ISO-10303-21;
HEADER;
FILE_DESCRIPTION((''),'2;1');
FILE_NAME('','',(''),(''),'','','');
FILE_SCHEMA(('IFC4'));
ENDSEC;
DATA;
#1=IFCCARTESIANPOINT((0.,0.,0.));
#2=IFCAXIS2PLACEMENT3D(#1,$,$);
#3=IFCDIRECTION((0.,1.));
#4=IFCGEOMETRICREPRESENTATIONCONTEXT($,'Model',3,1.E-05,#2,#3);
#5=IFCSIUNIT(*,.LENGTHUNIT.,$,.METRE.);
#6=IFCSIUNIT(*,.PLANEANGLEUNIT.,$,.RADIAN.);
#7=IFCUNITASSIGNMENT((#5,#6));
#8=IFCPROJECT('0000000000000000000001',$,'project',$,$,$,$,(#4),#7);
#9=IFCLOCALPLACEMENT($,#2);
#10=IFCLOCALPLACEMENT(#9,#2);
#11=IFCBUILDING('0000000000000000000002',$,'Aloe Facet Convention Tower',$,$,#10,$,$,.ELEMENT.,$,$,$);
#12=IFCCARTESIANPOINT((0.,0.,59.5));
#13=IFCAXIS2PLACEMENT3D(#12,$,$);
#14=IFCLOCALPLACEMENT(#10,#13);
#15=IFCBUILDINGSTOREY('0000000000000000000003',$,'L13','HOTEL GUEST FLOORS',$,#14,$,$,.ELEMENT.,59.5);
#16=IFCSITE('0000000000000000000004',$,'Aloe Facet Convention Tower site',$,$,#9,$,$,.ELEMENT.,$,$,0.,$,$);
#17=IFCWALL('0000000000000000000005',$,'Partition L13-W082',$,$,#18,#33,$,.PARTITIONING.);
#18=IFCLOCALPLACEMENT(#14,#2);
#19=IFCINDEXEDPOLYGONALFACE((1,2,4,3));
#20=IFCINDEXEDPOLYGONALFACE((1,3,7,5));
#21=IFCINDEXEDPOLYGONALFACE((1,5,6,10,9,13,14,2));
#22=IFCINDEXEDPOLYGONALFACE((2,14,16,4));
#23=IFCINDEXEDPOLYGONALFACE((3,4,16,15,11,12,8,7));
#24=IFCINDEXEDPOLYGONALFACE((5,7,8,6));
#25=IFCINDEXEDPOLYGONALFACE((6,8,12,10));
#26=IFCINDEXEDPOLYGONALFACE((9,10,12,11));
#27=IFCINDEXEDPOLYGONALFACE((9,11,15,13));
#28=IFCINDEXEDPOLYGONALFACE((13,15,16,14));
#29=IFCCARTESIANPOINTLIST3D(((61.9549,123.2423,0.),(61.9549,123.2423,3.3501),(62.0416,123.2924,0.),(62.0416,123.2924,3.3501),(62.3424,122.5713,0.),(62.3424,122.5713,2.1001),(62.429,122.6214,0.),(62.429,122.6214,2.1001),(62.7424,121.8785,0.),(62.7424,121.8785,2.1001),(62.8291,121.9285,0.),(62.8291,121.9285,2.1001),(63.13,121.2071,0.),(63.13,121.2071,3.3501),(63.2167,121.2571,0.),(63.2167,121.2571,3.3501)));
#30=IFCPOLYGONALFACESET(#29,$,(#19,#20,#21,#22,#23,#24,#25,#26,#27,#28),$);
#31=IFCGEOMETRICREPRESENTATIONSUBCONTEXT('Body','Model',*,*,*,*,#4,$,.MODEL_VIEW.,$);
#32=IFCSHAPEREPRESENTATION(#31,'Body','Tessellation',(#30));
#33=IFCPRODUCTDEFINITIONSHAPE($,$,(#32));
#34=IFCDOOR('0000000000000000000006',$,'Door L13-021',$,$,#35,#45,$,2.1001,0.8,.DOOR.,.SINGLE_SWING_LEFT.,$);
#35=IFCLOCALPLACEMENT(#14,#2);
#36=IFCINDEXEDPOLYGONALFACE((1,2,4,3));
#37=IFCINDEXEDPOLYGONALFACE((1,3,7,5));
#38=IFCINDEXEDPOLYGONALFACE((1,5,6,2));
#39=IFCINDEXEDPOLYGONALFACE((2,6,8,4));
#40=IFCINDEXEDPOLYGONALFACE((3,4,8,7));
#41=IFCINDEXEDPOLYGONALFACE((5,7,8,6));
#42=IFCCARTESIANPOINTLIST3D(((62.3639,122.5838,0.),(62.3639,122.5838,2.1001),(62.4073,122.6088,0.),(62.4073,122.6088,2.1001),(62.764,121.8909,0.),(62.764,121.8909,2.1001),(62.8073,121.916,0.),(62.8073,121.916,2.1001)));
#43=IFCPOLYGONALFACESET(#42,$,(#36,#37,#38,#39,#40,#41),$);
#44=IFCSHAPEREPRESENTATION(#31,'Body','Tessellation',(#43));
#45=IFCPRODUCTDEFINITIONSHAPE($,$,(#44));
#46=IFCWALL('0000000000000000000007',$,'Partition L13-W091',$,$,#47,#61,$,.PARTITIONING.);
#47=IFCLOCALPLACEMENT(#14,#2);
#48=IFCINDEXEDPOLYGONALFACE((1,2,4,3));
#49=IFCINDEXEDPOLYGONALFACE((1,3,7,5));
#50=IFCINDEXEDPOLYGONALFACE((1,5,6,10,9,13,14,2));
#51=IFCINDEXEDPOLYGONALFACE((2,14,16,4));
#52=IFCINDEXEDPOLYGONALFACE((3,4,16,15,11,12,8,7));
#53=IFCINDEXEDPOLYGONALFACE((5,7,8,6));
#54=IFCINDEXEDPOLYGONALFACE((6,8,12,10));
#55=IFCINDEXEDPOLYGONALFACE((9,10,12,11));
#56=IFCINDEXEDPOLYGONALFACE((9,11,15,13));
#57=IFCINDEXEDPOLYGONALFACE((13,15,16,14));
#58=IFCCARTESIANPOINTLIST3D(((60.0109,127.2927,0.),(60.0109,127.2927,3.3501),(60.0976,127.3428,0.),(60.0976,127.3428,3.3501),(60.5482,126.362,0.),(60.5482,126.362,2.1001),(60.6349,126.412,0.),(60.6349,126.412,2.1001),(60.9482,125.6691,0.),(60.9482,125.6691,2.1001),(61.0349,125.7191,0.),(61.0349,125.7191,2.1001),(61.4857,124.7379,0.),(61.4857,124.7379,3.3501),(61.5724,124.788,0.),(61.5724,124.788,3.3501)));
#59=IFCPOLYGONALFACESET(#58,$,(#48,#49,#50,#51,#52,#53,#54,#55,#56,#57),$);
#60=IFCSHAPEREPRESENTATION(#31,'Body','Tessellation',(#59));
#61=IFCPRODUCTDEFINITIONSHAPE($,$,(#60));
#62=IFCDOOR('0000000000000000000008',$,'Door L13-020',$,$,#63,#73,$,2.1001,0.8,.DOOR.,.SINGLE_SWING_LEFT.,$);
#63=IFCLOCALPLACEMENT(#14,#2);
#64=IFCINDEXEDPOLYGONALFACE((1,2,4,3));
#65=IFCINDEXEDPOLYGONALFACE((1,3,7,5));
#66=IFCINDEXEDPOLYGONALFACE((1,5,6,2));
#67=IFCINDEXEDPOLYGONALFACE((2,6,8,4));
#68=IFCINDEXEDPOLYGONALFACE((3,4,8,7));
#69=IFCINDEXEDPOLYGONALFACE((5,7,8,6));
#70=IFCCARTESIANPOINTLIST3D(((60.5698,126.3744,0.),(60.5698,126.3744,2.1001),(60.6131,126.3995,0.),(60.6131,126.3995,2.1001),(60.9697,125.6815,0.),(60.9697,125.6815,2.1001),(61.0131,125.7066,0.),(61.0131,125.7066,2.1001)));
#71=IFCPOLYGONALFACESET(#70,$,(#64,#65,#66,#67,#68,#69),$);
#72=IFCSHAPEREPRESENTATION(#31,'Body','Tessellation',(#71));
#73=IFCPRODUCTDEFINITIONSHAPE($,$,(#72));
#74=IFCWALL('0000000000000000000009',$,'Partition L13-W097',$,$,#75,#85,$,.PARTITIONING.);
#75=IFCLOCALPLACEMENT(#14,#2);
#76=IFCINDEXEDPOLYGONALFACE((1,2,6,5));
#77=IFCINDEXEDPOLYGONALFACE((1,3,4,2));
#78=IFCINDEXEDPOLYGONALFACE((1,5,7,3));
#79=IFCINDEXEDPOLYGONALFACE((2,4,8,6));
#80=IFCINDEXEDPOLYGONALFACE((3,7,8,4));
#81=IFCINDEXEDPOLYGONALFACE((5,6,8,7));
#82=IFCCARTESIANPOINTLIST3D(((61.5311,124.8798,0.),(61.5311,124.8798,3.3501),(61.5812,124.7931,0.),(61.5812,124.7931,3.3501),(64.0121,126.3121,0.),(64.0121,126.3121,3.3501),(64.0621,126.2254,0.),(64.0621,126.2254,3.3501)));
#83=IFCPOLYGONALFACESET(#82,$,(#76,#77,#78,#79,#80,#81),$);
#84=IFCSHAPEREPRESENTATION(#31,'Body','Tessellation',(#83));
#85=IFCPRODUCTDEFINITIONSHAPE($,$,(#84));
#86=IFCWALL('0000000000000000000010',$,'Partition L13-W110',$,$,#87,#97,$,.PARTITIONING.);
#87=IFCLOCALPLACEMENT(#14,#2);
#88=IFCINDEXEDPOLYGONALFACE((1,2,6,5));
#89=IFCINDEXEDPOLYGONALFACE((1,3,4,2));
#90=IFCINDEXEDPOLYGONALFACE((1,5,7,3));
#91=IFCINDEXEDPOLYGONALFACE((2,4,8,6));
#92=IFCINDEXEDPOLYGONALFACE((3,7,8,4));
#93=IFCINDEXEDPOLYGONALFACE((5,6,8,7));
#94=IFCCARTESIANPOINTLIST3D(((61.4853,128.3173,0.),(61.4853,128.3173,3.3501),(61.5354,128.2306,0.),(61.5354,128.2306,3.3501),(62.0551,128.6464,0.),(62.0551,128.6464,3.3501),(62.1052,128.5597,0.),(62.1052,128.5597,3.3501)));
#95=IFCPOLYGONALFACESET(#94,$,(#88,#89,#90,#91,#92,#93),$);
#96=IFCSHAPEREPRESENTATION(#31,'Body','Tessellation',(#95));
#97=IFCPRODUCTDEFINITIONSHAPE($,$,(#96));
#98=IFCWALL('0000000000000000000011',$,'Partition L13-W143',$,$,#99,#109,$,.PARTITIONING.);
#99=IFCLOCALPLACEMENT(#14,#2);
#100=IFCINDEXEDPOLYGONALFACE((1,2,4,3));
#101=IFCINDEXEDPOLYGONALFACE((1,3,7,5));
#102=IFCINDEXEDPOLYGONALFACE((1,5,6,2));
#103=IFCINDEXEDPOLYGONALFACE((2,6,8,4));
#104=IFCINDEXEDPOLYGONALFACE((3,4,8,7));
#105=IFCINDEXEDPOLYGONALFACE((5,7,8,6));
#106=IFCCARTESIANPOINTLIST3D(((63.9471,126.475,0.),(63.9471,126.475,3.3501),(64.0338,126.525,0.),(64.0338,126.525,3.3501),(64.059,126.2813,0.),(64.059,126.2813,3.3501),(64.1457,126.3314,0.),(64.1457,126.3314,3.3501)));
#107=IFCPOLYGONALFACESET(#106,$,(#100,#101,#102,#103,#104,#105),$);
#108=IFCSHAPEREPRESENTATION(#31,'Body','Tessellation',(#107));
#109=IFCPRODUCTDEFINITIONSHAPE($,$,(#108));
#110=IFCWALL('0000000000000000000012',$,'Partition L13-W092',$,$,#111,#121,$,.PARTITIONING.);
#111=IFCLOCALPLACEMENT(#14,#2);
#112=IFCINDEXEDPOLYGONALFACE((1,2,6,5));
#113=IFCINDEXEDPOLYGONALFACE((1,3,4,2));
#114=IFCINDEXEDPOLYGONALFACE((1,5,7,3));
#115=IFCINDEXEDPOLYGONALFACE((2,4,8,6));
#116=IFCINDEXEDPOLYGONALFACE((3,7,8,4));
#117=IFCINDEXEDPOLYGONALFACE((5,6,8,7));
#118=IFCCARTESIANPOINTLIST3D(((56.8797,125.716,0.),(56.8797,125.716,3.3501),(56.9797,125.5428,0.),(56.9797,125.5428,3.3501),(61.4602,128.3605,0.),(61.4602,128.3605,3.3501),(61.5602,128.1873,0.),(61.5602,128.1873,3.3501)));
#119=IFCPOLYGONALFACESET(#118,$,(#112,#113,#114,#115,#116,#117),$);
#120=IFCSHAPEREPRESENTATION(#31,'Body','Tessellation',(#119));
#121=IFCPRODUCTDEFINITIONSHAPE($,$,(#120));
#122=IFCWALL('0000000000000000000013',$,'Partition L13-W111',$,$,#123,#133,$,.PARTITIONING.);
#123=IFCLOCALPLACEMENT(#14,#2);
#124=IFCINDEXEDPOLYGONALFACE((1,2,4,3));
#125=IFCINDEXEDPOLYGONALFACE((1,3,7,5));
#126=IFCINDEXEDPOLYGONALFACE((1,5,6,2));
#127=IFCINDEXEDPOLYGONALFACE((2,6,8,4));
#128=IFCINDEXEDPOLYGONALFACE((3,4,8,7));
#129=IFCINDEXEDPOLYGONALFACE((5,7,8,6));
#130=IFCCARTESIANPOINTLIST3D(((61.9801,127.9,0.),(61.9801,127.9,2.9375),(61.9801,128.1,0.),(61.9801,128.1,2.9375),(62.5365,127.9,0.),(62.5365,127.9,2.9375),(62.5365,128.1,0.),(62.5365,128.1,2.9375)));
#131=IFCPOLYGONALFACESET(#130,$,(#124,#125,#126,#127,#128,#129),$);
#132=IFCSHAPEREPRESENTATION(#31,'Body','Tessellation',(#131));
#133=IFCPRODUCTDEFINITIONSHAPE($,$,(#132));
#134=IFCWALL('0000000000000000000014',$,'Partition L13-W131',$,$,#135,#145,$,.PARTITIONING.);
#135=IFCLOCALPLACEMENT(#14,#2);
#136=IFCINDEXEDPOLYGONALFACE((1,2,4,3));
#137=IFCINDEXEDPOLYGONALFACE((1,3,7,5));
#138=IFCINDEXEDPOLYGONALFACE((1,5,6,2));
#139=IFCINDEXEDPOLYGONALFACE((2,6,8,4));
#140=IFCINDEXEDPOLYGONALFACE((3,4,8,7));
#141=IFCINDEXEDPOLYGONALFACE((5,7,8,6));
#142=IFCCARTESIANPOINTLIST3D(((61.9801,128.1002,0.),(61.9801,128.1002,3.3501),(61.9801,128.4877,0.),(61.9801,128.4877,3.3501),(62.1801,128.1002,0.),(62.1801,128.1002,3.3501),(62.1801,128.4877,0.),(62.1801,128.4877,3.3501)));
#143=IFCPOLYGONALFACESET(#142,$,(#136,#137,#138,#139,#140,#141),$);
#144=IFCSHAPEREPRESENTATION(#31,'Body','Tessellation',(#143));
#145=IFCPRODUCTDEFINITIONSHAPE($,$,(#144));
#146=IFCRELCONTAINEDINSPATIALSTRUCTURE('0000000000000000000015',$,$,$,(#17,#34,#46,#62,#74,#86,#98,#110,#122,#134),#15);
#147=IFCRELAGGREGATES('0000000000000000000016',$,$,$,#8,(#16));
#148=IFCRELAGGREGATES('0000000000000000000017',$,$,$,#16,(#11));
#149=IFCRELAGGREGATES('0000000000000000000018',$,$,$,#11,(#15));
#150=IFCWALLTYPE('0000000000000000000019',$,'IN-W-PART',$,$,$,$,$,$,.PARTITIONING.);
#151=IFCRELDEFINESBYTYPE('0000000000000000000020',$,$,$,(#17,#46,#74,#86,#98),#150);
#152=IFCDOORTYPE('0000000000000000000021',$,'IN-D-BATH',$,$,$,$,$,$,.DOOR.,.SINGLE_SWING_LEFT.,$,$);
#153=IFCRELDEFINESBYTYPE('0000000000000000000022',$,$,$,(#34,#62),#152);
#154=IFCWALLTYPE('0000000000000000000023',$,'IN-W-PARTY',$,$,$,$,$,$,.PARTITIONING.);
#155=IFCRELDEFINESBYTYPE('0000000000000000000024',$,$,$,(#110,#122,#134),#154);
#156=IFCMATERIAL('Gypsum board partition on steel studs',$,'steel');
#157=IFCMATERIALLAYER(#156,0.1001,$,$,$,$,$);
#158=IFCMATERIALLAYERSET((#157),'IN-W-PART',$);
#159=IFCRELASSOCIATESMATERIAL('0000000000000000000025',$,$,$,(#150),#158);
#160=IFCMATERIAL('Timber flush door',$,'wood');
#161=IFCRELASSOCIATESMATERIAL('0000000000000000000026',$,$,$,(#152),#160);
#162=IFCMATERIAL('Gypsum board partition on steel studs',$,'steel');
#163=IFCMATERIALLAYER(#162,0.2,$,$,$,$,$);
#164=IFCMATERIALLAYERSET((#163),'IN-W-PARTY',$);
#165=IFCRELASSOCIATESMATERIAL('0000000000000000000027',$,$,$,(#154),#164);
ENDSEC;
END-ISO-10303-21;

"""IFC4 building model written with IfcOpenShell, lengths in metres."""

from ifc_helpers import new_model, si_unit, direction, frame, frame_2d, origin, place, context, subcontext, project, spatial, rectangle, extrude, material, layer, layer_set, type_object, element, fill, save


model = new_model("IFC4")

# Units and contexts
model_context = context("Model", 3, precision=1e-05, world=origin(), true_north=direction((0.0, 1.0)))
body_context = subcontext(model_context, "Body", "Model", "MODEL_VIEW")
ifc_project = project(units=[si_unit("LENGTHUNIT", "METRE"), si_unit("PLANEANGLEUNIT", "RADIAN")], contexts=[model_context])

# Site, building, storey
site_placement = place(None, origin())
site = spatial("IfcSite", under=ifc_project, at=site_placement, Name="Aloe Facet Convention Tower site", CompositionType="ELEMENT", RefElevation=0.0)
building_placement = place(site_placement, origin())
building = spatial("IfcBuilding", under=site, at=building_placement, Name="Aloe Facet Convention Tower", CompositionType="ELEMENT")
storey_placement = place(building_placement, frame((0.0, 0.0, 59.5)))
storey = spatial("IfcBuildingStorey", under=building, at=storey_placement, Name="L13", Description="HOTEL GUEST FLOORS", CompositionType="ELEMENT", Elevation=59.5)

# Walls, openings, doors
ifc_material_1 = material(Name="Gypsum board partition on steel studs", Category="steel")
ifc_layer_1 = layer(ifc_material_1, 0.1001)
ifc_layer_set_1 = layer_set([ifc_layer_1], Name="IN-W-PART")
wall_type_1 = type_object("IfcWallType", Name="IN-W-PART", PredefinedType="PARTITIONING", material=ifc_layer_set_1)
wall_1_placement = place(storey_placement, frame((61.9983, 123.2673, 0.0), z_axis=(0.0, 0.0, 1.0), x_axis=(0.500016, -0.866016, 0.0)))
wall_1 = element("IfcWall", 1, at=wall_1_placement, inside=storey, type_object=wall_type_1, Name="Partition L13-W082", PredefinedType="PARTITIONING", context=body_context, shape_type="SweptSolid", body=[
    extrude(rectangle(XDim=2.3501, YDim=0.1001, at=frame_2d((1.175, 0.0))), origin(), (0.0, 0.0, 1.0), 3.3501),
])
opening_1_placement = place(wall_1_placement, frame((0.7749, 0.0, 0.0)))
opening_1 = element("IfcOpeningElement", 2, at=opening_1_placement, cuts=wall_1, PredefinedType="OPENING", context=body_context, shape_type="SweptSolid", body=[
    extrude(rectangle(XDim=0.8, YDim=2.1001, at=frame_2d((0.3999, 1.05))), frame((0.0, 0.0601, 0.0), z_axis=(0.0, -1.0, 0.0), x_axis=(1.0, 0.0, 0.0)), (0.0, 0.0, 1.0), 0.1201),
])
ifc_material_2 = material(Name="Timber flush door", Category="wood")
door_type_1 = type_object("IfcDoorType", Name="IN-D-BATH", OperationType="SINGLE_SWING_LEFT", PredefinedType="DOOR", material=ifc_material_2)
door_1_placement = place(opening_1_placement, origin())
door_1 = element("IfcDoor", 3, at=door_1_placement, inside=storey, type_object=door_type_1, Name="Door L13-021", OperationType="SINGLE_SWING_LEFT", OverallHeight=2.1001, OverallWidth=0.8, PredefinedType="DOOR", context=body_context, shape_type="SweptSolid", body=[
    extrude(rectangle(XDim=0.8, YDim=2.1001, at=frame_2d((0.3999, 1.05))), frame((0.0, 0.0249, 0.0), z_axis=(0.0, -1.0, 0.0), x_axis=(1.0, 0.0, 0.0)), (0.0, 0.0, 1.0), 0.05),
])
fill(opening_1, door_1)
wall_2_placement = place(storey_placement, frame((60.0542, 127.3179, 0.0), z_axis=(0.0, 0.0, 1.0), x_axis=(0.49994, -0.86606, 0.0)))
wall_2 = element("IfcWall", 4, at=wall_2_placement, inside=storey, type_object=wall_type_1, Name="Partition L13-W091", PredefinedType="PARTITIONING", context=body_context, shape_type="SweptSolid", body=[
    extrude(rectangle(XDim=2.95, YDim=0.1001, at=frame_2d((1.4751, 0.0))), origin(), (0.0, 0.0, 1.0), 3.3501),
])
opening_2_placement = place(wall_2_placement, frame((1.075, 0.0, 0.0)))
opening_2 = element("IfcOpeningElement", 5, at=opening_2_placement, cuts=wall_2, PredefinedType="OPENING", context=body_context, shape_type="SweptSolid", body=[
    extrude(rectangle(XDim=0.8, YDim=2.1001, at=frame_2d((0.3999, 1.05))), frame((0.0, 0.0601, 0.0), z_axis=(0.0, -1.0, 0.0), x_axis=(1.0, 0.0, 0.0)), (0.0, 0.0, 1.0), 0.1201),
])
door_2_placement = place(opening_2_placement, origin())
door_2 = element("IfcDoor", 6, at=door_2_placement, inside=storey, type_object=door_type_1, Name="Door L13-020", OperationType="SINGLE_SWING_LEFT", OverallHeight=2.1001, OverallWidth=0.8, PredefinedType="DOOR", context=body_context, shape_type="SweptSolid", body=[
    extrude(rectangle(XDim=0.8, YDim=2.1001, at=frame_2d((0.3999, 1.05))), frame((0.0, 0.0249, 0.0), z_axis=(0.0, -1.0, 0.0), x_axis=(1.0, 0.0, 0.0)), (0.0, 0.0, 1.0), 0.05),
])
fill(opening_2, door_2)

# Walls
wall_3_placement = place(storey_placement, frame((61.5562, 124.8364, 0.0), z_axis=(0.0, 0.0, 1.0), x_axis=(0.866027, 0.499998, 0.0)))
element("IfcWall", 7, at=wall_3_placement, inside=storey, type_object=wall_type_1, Name="Partition L13-W097", PredefinedType="PARTITIONING", context=body_context, shape_type="SweptSolid", body=[
    extrude(rectangle(XDim=2.8647, YDim=0.1001, at=frame_2d((1.4324, 0.0))), origin(), (0.0, 0.0, 1.0), 3.3501),
])
wall_4_placement = place(storey_placement, frame((61.5103, 128.2739, 0.0), z_axis=(0.0, 0.0, 1.0), x_axis=(0.865951, 0.500129, 0.0)))
element("IfcWall", 8, at=wall_4_placement, inside=storey, type_object=wall_type_1, Name="Partition L13-W110", PredefinedType="PARTITIONING", context=body_context, shape_type="SweptSolid", body=[
    extrude(rectangle(XDim=0.658, YDim=0.1001, at=frame_2d((0.3291, 0.0))), origin(), (0.0, 0.0, 1.0), 3.3501),
])
wall_5_placement = place(storey_placement, frame((63.9905, 126.5, 0.0), z_axis=(0.0, 0.0, 1.0), x_axis=(0.500132, -0.865949, 0.0)))
element("IfcWall", 9, at=wall_5_placement, inside=storey, type_object=wall_type_1, Name="Partition L13-W143", PredefinedType="PARTITIONING", context=body_context, shape_type="SweptSolid", body=[
    extrude(rectangle(XDim=0.2236, YDim=0.1001, at=frame_2d((0.1118, 0.0))), origin(), (0.0, 0.0, 1.0), 3.3501),
])
ifc_material_3 = material(Name="Gypsum board partition on steel studs", Category="steel")
ifc_layer_2 = layer(ifc_material_3, 0.2)
ifc_layer_set_2 = layer_set([ifc_layer_2], Name="IN-W-PARTY")
wall_type_2 = type_object("IfcWallType", Name="IN-W-PARTY", PredefinedType="PARTITIONING", material=ifc_layer_set_2)
wall_6_placement = place(storey_placement, frame((56.9297, 125.6294, 0.0), z_axis=(0.0, 0.0, 1.0), x_axis=(0.86603, 0.499991, 0.0)))
element("IfcWall", 10, at=wall_6_placement, inside=storey, type_object=wall_type_2, Name="Partition L13-W092", PredefinedType="PARTITIONING", context=body_context, shape_type="SweptSolid", body=[
    extrude(rectangle(XDim=5.2891, YDim=0.2, at=frame_2d((2.6445, 0.0))), origin(), (0.0, 0.0, 1.0), 3.3501),
])
wall_7_placement = place(storey_placement, frame((61.98, 128.0, 0.0), z_axis=(0.0, 0.0, 1.0), x_axis=(1.0, 0.0, 0.0)))
element("IfcWall", 11, at=wall_7_placement, inside=storey, type_object=wall_type_2, Name="Partition L13-W111", PredefinedType="PARTITIONING", context=body_context, shape_type="SweptSolid", body=[
    extrude(rectangle(XDim=0.5564, YDim=0.2, at=frame_2d((0.2783, 0.0))), origin(), (0.0, 0.0, 1.0), 2.9375),
])
wall_8_placement = place(storey_placement, frame((62.0801, 128.1001, 0.0), z_axis=(0.0, 0.0, 1.0), x_axis=(0.0, 1.0, 0.0)))
element("IfcWall", 12, at=wall_8_placement, inside=storey, type_object=wall_type_2, Name="Partition L13-W131", PredefinedType="PARTITIONING", context=body_context, shape_type="SweptSolid", body=[
    extrude(rectangle(XDim=0.3875, YDim=0.2, at=frame_2d((0.1938, 0.0))), origin(), (0.0, 0.0, 1.0), 3.3501),
])

save(model, "model.ifc")
